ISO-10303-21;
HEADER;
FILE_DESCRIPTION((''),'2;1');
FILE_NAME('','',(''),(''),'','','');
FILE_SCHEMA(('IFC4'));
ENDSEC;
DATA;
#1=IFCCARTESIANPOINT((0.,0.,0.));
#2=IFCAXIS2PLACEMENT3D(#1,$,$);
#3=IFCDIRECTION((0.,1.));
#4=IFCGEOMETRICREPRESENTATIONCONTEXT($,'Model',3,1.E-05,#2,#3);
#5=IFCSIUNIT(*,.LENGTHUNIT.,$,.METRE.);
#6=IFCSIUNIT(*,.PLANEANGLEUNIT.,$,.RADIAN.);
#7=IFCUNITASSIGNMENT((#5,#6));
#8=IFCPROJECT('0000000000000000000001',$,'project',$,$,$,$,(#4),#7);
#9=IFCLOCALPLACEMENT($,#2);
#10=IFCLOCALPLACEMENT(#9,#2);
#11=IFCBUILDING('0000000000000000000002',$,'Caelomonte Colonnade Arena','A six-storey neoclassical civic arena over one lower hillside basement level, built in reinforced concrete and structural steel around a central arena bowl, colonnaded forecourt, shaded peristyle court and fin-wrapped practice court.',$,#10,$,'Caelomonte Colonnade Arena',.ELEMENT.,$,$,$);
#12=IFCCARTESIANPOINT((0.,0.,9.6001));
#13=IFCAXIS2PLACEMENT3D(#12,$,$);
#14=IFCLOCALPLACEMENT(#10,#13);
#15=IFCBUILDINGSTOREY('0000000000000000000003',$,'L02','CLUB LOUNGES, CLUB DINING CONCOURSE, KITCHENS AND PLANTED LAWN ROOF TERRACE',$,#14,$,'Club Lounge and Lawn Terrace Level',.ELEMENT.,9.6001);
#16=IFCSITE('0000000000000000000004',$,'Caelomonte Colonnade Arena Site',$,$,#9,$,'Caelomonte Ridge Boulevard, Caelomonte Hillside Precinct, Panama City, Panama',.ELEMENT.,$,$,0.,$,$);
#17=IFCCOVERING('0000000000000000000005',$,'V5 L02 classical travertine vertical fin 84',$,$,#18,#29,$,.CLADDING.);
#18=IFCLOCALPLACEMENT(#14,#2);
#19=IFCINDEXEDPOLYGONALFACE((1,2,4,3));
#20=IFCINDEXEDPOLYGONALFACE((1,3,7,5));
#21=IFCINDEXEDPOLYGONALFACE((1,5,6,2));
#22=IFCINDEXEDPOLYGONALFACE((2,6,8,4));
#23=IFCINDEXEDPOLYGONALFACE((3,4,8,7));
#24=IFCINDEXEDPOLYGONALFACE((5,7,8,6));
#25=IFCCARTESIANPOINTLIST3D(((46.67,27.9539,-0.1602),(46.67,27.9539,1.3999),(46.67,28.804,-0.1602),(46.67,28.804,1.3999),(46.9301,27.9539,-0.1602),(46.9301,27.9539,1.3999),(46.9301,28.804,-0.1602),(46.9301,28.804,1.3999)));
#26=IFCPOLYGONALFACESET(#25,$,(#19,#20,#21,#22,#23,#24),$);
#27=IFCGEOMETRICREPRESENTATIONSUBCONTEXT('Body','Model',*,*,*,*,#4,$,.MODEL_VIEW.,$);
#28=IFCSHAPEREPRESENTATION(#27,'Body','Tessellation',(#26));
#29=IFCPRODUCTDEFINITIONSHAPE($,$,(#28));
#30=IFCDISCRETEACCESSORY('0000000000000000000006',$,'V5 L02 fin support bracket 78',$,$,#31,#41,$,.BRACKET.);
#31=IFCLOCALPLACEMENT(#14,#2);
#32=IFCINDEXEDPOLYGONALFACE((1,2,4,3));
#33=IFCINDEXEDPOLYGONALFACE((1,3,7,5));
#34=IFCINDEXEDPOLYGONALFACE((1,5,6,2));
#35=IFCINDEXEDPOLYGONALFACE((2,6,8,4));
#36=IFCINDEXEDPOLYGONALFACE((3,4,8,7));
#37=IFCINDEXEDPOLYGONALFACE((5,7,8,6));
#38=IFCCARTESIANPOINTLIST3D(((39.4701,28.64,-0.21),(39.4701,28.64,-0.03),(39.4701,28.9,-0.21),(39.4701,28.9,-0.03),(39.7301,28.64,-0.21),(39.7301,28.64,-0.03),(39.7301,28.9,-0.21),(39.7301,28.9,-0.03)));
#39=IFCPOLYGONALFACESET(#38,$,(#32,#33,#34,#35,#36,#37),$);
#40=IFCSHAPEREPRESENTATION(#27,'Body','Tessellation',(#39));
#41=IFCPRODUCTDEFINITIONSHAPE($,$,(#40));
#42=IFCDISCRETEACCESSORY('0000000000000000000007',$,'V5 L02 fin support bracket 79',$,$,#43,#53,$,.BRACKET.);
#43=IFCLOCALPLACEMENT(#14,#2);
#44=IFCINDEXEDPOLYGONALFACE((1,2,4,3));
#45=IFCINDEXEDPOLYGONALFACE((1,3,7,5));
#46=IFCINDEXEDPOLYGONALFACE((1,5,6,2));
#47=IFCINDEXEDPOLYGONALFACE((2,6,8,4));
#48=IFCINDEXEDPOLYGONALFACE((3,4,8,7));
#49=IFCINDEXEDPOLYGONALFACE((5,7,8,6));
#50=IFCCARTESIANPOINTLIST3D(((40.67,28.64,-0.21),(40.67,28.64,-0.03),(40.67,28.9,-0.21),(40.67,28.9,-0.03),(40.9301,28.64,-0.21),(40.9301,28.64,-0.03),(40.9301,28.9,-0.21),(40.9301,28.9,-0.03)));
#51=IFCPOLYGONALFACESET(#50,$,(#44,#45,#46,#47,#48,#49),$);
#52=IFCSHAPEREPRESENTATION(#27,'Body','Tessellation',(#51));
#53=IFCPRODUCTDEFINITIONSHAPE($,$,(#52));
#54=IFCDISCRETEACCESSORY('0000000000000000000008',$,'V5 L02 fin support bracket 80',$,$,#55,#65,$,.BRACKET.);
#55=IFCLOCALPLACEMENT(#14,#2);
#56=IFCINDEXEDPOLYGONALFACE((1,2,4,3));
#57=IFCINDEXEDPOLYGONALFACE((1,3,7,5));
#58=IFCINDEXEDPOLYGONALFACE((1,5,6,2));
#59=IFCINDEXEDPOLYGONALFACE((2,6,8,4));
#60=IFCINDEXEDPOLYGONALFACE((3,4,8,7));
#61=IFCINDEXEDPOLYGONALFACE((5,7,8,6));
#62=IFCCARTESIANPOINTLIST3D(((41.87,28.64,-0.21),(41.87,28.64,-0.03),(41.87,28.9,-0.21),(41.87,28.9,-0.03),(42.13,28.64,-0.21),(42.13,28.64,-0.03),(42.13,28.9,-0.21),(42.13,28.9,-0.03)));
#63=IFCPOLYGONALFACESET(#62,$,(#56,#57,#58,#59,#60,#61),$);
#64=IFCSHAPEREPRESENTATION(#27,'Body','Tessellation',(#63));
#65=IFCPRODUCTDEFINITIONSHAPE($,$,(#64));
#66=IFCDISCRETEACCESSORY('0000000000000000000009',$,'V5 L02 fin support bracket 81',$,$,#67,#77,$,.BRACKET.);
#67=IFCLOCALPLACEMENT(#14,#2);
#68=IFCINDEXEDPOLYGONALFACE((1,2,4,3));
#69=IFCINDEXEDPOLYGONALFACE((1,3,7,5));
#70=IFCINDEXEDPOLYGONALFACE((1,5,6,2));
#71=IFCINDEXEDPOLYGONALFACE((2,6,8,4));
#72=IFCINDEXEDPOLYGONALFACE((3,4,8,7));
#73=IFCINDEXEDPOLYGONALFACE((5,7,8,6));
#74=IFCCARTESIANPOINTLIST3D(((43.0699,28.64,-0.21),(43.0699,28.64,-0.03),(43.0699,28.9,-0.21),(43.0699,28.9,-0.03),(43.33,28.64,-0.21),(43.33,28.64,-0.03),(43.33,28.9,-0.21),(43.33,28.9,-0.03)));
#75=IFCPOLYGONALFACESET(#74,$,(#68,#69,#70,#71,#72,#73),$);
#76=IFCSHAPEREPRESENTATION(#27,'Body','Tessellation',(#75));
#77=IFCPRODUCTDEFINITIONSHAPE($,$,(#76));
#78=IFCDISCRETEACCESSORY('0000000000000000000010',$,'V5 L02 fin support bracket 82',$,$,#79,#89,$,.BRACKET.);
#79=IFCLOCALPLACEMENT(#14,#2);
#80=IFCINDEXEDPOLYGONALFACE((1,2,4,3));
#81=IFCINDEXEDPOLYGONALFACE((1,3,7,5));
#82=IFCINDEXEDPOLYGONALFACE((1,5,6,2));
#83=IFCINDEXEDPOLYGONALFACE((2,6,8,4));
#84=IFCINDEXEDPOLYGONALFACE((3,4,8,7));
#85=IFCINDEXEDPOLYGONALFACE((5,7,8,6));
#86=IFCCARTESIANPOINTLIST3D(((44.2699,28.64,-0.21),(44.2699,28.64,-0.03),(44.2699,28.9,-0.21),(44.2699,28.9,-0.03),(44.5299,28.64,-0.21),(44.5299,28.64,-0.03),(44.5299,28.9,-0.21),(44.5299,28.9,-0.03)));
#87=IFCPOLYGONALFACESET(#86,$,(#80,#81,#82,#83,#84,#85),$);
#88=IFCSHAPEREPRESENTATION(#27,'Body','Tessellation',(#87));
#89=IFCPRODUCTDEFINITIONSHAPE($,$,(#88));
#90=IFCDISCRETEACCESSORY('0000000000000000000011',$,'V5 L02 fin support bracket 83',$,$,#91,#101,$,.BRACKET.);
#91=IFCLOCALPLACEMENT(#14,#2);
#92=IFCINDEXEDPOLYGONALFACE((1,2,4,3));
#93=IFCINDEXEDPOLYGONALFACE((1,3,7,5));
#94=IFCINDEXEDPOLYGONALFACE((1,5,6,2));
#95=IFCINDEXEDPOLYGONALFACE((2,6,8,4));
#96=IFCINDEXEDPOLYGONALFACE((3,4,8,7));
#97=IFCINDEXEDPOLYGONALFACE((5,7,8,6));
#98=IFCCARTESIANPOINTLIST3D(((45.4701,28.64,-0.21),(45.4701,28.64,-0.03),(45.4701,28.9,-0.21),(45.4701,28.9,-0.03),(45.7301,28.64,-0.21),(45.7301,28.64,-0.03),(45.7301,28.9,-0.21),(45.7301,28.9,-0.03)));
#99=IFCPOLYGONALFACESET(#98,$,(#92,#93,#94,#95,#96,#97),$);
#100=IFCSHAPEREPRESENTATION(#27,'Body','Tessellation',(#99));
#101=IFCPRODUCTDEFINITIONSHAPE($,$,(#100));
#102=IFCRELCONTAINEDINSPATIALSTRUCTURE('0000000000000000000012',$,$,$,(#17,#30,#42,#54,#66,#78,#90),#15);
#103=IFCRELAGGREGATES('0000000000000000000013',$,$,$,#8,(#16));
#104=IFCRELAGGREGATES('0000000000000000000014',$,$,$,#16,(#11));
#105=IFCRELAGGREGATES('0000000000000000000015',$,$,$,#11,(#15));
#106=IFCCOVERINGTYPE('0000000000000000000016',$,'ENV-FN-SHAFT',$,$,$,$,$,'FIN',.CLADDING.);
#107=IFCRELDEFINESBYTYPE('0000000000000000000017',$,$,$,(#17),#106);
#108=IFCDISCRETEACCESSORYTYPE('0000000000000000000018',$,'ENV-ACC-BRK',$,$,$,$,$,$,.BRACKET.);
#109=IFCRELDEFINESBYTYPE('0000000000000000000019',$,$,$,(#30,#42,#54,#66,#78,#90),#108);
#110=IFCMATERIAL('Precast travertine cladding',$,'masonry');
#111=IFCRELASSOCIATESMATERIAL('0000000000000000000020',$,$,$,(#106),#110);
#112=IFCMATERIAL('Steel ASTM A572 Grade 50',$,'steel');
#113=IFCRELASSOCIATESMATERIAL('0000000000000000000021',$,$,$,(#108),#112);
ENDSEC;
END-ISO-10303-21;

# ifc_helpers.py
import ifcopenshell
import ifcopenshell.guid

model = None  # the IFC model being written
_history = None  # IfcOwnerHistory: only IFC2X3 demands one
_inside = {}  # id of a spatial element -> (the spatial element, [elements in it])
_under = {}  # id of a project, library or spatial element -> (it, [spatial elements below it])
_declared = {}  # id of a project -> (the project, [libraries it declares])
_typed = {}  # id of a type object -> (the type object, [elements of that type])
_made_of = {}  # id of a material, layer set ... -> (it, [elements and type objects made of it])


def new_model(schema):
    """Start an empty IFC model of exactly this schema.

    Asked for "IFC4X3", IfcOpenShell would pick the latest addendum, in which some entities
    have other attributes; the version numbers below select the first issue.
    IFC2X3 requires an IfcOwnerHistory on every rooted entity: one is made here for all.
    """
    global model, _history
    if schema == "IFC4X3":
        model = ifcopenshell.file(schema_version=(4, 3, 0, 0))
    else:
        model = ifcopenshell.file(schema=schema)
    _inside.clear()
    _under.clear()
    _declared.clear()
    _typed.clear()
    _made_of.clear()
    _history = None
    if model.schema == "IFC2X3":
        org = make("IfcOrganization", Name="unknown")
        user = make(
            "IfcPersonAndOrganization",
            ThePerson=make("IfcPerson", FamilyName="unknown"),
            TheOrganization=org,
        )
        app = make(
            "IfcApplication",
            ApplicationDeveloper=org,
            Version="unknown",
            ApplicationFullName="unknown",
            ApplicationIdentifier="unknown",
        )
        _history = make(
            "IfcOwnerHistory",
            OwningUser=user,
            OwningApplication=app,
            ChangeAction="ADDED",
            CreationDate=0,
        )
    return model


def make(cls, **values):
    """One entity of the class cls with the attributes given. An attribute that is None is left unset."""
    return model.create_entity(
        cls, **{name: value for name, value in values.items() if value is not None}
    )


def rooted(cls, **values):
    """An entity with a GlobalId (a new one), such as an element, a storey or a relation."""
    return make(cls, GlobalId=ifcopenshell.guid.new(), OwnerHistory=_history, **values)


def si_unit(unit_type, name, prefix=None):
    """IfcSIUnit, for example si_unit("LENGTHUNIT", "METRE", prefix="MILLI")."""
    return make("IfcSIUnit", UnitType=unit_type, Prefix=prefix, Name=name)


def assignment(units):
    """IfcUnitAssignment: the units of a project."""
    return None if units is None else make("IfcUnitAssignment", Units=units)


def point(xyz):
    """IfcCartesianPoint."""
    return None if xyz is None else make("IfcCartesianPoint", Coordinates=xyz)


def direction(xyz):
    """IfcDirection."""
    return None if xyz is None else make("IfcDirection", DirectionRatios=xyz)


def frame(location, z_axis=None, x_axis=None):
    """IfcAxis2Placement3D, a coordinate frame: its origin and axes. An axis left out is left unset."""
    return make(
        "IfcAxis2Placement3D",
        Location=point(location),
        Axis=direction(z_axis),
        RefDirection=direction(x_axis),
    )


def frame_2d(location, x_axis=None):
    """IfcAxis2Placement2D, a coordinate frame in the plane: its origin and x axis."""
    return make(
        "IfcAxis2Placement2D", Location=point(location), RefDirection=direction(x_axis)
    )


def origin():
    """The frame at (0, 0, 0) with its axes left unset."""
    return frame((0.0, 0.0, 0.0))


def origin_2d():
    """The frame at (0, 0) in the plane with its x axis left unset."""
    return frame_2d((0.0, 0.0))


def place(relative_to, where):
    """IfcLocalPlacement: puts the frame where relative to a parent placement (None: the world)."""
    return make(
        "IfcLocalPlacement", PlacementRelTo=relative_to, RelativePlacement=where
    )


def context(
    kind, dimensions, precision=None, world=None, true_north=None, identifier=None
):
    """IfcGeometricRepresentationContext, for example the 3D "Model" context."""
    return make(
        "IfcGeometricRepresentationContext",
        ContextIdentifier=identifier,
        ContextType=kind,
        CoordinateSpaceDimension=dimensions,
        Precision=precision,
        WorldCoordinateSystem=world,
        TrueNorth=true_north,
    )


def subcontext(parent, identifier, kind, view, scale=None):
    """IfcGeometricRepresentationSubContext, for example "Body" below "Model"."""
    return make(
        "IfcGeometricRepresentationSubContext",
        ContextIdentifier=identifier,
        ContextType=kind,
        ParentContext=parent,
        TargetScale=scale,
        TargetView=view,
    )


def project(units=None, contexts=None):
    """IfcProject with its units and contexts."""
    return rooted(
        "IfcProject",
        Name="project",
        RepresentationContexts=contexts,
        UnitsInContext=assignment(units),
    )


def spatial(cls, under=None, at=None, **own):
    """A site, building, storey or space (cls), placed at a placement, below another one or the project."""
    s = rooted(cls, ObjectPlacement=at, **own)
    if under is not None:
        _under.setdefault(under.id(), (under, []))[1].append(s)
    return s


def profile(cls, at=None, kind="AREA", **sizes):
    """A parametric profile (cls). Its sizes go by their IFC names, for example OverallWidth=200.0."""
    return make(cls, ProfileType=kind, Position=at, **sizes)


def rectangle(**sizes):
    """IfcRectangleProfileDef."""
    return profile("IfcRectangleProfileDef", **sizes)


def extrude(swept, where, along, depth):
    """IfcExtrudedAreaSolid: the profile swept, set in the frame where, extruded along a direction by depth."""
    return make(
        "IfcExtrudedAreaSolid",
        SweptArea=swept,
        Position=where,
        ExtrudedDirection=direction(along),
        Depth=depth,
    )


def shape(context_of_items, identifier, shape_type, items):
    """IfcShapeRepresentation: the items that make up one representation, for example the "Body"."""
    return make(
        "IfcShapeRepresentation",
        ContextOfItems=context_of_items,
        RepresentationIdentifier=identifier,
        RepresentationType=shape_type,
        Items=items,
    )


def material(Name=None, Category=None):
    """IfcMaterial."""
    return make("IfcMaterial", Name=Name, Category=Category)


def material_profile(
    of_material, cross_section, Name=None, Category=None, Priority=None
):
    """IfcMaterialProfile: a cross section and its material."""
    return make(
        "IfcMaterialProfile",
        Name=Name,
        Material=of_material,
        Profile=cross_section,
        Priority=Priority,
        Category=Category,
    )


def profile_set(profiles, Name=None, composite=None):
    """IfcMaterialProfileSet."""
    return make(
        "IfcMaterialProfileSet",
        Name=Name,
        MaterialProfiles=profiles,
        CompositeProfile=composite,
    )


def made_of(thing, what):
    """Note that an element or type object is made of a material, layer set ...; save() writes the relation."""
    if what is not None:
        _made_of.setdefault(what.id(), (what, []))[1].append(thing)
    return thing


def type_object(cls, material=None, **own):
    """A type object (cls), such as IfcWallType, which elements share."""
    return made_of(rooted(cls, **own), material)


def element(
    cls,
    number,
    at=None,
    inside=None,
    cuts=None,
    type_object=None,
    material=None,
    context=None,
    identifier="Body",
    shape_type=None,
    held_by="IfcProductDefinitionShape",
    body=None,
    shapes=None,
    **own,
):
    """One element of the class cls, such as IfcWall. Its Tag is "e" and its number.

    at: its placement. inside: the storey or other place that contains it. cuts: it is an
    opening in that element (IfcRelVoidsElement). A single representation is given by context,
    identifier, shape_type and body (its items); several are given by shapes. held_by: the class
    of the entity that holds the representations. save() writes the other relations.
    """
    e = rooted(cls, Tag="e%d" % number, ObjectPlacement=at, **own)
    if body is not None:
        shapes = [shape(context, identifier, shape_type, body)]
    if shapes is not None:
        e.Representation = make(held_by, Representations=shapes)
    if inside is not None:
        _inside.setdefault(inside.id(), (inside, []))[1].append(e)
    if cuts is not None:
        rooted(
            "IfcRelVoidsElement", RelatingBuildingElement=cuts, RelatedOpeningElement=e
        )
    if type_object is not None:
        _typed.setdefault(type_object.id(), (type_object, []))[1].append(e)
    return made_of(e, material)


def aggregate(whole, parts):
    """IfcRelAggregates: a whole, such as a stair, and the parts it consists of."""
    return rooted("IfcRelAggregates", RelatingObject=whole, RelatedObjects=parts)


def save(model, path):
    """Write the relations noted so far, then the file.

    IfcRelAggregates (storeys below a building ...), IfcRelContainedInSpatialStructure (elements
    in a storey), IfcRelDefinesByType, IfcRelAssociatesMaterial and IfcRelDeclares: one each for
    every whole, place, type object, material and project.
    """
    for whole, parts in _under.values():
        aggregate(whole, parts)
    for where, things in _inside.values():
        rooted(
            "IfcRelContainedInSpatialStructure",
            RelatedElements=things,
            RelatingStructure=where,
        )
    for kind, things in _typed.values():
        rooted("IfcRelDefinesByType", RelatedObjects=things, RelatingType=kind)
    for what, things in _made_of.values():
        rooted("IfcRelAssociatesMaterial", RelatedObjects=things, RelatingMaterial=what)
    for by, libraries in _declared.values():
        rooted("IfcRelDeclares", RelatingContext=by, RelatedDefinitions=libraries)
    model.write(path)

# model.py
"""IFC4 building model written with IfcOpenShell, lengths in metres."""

from ifc_helpers import new_model, si_unit, direction, frame, origin, origin_2d, place, context, subcontext, project, spatial, rectangle, extrude, material, material_profile, profile_set, type_object, element, save


model = new_model("IFC4")

# Units and contexts
model_context = context("Model", 3, precision=1e-05, world=origin(), true_north=direction((0.0, 1.0)))
body_context = subcontext(model_context, "Body", "Model", "MODEL_VIEW")
ifc_project = project(units=[si_unit("LENGTHUNIT", "METRE"), si_unit("PLANEANGLEUNIT", "RADIAN")], contexts=[model_context])

# Site, building, storey
site_placement = place(None, origin())
site = spatial("IfcSite", under=ifc_project, at=site_placement, Name="Caelomonte Colonnade Arena Site", LongName="Caelomonte Ridge Boulevard, Caelomonte Hillside Precinct, Panama City, Panama", CompositionType="ELEMENT", RefElevation=0.0)
building_placement = place(site_placement, origin())
building = spatial("IfcBuilding", under=site, at=building_placement, Name="Caelomonte Colonnade Arena", Description="A six-storey neoclassical civic arena over one lower hillside basement level, built in reinforced concrete and structural steel around a central arena bowl, colonnaded forecourt, shaded peristyle court and fin-wrapped practice court.", LongName="Caelomonte Colonnade Arena", CompositionType="ELEMENT")
storey_placement = place(building_placement, frame((0.0, 0.0, 9.6001)))
storey = spatial("IfcBuildingStorey", under=building, at=storey_placement, Name="L02", Description="CLUB LOUNGES, CLUB DINING CONCOURSE, KITCHENS AND PLANTED LAWN ROOF TERRACE", LongName="Club Lounge and Lawn Terrace Level", CompositionType="ELEMENT", Elevation=9.6001)

# Covering
ifc_material_1 = material(Name="Precast travertine cladding", Category="masonry")
ifc_material_profile_1 = material_profile(ifc_material_1, rectangle(XDim=0.26, YDim=0.8501, at=origin_2d()), Name="FIN260X850")
ifc_profile_set_1 = profile_set([ifc_material_profile_1], Name="Precast travertine cladding")
covering_type = type_object("IfcCoveringType", Name="ENV-FN-SHAFT", ElementType="FIN", PredefinedType="CLADDING", material=ifc_profile_set_1)
for number, where, z_axis, x_axis, name in (
    (1, (46.8, 28.3789, -0.1602), (0.0, 0.0, 1.0), (-1.0, 0.0, 0.0), "V5 L02 classical travertine vertical fin 84"),
):
    element("IfcCovering", number, at=place(storey_placement, frame(where, z_axis=z_axis, x_axis=x_axis)), inside=storey, type_object=covering_type, Name=name, PredefinedType="CLADDING", context=body_context, shape_type="SweptSolid", body=[
        extrude(rectangle(XDim=0.26, YDim=0.8501, at=origin_2d()), origin(), (0.0, 0.0, 1.0), 1.5601),
    ])

# Discrete accessories
ifc_material_2 = material(Name="Steel ASTM A572 Grade 50", Category="steel")
discrete_accessory_type = type_object("IfcDiscreteAccessoryType", Name="ENV-ACC-BRK", PredefinedType="BRACKET", material=ifc_material_2)
for number, where, z_axis, x_axis, name in (
    (2, (39.6001, 28.77, -0.21), (0.0, 0.0, 1.0), (1.0, 0.0, 0.0), "V5 L02 fin support bracket 78"),
    (3, (40.8, 28.77, -0.21), (0.0, 0.0, 1.0), (1.0, 0.0, 0.0), "V5 L02 fin support bracket 79"),
    (4, (42.0, 28.77, -0.21), (0.0, 0.0, 1.0), (1.0, 0.0, 0.0), "V5 L02 fin support bracket 80"),
    (5, (43.2, 28.77, -0.21), (0.0, 0.0, 1.0), (1.0, 0.0, 0.0), "V5 L02 fin support bracket 81"),
    (6, (44.3999, 28.77, -0.21), (0.0, 0.0, 1.0), (1.0, 0.0, 0.0), "V5 L02 fin support bracket 82"),
    (7, (45.6001, 28.77, -0.21), (0.0, 0.0, 1.0), (1.0, 0.0, 0.0), "V5 L02 fin support bracket 83"),
):
    element("IfcDiscreteAccessory", number, at=place(storey_placement, frame(where, z_axis=z_axis, x_axis=x_axis)), inside=storey, type_object=discrete_accessory_type, Name=name, PredefinedType="BRACKET", context=body_context, shape_type="SweptSolid", body=[
        extrude(rectangle(XDim=0.26, YDim=0.26, at=origin_2d()), origin(), (0.0, 0.0, 1.0), 0.1799),
    ])

save(model, "model.ifc")
